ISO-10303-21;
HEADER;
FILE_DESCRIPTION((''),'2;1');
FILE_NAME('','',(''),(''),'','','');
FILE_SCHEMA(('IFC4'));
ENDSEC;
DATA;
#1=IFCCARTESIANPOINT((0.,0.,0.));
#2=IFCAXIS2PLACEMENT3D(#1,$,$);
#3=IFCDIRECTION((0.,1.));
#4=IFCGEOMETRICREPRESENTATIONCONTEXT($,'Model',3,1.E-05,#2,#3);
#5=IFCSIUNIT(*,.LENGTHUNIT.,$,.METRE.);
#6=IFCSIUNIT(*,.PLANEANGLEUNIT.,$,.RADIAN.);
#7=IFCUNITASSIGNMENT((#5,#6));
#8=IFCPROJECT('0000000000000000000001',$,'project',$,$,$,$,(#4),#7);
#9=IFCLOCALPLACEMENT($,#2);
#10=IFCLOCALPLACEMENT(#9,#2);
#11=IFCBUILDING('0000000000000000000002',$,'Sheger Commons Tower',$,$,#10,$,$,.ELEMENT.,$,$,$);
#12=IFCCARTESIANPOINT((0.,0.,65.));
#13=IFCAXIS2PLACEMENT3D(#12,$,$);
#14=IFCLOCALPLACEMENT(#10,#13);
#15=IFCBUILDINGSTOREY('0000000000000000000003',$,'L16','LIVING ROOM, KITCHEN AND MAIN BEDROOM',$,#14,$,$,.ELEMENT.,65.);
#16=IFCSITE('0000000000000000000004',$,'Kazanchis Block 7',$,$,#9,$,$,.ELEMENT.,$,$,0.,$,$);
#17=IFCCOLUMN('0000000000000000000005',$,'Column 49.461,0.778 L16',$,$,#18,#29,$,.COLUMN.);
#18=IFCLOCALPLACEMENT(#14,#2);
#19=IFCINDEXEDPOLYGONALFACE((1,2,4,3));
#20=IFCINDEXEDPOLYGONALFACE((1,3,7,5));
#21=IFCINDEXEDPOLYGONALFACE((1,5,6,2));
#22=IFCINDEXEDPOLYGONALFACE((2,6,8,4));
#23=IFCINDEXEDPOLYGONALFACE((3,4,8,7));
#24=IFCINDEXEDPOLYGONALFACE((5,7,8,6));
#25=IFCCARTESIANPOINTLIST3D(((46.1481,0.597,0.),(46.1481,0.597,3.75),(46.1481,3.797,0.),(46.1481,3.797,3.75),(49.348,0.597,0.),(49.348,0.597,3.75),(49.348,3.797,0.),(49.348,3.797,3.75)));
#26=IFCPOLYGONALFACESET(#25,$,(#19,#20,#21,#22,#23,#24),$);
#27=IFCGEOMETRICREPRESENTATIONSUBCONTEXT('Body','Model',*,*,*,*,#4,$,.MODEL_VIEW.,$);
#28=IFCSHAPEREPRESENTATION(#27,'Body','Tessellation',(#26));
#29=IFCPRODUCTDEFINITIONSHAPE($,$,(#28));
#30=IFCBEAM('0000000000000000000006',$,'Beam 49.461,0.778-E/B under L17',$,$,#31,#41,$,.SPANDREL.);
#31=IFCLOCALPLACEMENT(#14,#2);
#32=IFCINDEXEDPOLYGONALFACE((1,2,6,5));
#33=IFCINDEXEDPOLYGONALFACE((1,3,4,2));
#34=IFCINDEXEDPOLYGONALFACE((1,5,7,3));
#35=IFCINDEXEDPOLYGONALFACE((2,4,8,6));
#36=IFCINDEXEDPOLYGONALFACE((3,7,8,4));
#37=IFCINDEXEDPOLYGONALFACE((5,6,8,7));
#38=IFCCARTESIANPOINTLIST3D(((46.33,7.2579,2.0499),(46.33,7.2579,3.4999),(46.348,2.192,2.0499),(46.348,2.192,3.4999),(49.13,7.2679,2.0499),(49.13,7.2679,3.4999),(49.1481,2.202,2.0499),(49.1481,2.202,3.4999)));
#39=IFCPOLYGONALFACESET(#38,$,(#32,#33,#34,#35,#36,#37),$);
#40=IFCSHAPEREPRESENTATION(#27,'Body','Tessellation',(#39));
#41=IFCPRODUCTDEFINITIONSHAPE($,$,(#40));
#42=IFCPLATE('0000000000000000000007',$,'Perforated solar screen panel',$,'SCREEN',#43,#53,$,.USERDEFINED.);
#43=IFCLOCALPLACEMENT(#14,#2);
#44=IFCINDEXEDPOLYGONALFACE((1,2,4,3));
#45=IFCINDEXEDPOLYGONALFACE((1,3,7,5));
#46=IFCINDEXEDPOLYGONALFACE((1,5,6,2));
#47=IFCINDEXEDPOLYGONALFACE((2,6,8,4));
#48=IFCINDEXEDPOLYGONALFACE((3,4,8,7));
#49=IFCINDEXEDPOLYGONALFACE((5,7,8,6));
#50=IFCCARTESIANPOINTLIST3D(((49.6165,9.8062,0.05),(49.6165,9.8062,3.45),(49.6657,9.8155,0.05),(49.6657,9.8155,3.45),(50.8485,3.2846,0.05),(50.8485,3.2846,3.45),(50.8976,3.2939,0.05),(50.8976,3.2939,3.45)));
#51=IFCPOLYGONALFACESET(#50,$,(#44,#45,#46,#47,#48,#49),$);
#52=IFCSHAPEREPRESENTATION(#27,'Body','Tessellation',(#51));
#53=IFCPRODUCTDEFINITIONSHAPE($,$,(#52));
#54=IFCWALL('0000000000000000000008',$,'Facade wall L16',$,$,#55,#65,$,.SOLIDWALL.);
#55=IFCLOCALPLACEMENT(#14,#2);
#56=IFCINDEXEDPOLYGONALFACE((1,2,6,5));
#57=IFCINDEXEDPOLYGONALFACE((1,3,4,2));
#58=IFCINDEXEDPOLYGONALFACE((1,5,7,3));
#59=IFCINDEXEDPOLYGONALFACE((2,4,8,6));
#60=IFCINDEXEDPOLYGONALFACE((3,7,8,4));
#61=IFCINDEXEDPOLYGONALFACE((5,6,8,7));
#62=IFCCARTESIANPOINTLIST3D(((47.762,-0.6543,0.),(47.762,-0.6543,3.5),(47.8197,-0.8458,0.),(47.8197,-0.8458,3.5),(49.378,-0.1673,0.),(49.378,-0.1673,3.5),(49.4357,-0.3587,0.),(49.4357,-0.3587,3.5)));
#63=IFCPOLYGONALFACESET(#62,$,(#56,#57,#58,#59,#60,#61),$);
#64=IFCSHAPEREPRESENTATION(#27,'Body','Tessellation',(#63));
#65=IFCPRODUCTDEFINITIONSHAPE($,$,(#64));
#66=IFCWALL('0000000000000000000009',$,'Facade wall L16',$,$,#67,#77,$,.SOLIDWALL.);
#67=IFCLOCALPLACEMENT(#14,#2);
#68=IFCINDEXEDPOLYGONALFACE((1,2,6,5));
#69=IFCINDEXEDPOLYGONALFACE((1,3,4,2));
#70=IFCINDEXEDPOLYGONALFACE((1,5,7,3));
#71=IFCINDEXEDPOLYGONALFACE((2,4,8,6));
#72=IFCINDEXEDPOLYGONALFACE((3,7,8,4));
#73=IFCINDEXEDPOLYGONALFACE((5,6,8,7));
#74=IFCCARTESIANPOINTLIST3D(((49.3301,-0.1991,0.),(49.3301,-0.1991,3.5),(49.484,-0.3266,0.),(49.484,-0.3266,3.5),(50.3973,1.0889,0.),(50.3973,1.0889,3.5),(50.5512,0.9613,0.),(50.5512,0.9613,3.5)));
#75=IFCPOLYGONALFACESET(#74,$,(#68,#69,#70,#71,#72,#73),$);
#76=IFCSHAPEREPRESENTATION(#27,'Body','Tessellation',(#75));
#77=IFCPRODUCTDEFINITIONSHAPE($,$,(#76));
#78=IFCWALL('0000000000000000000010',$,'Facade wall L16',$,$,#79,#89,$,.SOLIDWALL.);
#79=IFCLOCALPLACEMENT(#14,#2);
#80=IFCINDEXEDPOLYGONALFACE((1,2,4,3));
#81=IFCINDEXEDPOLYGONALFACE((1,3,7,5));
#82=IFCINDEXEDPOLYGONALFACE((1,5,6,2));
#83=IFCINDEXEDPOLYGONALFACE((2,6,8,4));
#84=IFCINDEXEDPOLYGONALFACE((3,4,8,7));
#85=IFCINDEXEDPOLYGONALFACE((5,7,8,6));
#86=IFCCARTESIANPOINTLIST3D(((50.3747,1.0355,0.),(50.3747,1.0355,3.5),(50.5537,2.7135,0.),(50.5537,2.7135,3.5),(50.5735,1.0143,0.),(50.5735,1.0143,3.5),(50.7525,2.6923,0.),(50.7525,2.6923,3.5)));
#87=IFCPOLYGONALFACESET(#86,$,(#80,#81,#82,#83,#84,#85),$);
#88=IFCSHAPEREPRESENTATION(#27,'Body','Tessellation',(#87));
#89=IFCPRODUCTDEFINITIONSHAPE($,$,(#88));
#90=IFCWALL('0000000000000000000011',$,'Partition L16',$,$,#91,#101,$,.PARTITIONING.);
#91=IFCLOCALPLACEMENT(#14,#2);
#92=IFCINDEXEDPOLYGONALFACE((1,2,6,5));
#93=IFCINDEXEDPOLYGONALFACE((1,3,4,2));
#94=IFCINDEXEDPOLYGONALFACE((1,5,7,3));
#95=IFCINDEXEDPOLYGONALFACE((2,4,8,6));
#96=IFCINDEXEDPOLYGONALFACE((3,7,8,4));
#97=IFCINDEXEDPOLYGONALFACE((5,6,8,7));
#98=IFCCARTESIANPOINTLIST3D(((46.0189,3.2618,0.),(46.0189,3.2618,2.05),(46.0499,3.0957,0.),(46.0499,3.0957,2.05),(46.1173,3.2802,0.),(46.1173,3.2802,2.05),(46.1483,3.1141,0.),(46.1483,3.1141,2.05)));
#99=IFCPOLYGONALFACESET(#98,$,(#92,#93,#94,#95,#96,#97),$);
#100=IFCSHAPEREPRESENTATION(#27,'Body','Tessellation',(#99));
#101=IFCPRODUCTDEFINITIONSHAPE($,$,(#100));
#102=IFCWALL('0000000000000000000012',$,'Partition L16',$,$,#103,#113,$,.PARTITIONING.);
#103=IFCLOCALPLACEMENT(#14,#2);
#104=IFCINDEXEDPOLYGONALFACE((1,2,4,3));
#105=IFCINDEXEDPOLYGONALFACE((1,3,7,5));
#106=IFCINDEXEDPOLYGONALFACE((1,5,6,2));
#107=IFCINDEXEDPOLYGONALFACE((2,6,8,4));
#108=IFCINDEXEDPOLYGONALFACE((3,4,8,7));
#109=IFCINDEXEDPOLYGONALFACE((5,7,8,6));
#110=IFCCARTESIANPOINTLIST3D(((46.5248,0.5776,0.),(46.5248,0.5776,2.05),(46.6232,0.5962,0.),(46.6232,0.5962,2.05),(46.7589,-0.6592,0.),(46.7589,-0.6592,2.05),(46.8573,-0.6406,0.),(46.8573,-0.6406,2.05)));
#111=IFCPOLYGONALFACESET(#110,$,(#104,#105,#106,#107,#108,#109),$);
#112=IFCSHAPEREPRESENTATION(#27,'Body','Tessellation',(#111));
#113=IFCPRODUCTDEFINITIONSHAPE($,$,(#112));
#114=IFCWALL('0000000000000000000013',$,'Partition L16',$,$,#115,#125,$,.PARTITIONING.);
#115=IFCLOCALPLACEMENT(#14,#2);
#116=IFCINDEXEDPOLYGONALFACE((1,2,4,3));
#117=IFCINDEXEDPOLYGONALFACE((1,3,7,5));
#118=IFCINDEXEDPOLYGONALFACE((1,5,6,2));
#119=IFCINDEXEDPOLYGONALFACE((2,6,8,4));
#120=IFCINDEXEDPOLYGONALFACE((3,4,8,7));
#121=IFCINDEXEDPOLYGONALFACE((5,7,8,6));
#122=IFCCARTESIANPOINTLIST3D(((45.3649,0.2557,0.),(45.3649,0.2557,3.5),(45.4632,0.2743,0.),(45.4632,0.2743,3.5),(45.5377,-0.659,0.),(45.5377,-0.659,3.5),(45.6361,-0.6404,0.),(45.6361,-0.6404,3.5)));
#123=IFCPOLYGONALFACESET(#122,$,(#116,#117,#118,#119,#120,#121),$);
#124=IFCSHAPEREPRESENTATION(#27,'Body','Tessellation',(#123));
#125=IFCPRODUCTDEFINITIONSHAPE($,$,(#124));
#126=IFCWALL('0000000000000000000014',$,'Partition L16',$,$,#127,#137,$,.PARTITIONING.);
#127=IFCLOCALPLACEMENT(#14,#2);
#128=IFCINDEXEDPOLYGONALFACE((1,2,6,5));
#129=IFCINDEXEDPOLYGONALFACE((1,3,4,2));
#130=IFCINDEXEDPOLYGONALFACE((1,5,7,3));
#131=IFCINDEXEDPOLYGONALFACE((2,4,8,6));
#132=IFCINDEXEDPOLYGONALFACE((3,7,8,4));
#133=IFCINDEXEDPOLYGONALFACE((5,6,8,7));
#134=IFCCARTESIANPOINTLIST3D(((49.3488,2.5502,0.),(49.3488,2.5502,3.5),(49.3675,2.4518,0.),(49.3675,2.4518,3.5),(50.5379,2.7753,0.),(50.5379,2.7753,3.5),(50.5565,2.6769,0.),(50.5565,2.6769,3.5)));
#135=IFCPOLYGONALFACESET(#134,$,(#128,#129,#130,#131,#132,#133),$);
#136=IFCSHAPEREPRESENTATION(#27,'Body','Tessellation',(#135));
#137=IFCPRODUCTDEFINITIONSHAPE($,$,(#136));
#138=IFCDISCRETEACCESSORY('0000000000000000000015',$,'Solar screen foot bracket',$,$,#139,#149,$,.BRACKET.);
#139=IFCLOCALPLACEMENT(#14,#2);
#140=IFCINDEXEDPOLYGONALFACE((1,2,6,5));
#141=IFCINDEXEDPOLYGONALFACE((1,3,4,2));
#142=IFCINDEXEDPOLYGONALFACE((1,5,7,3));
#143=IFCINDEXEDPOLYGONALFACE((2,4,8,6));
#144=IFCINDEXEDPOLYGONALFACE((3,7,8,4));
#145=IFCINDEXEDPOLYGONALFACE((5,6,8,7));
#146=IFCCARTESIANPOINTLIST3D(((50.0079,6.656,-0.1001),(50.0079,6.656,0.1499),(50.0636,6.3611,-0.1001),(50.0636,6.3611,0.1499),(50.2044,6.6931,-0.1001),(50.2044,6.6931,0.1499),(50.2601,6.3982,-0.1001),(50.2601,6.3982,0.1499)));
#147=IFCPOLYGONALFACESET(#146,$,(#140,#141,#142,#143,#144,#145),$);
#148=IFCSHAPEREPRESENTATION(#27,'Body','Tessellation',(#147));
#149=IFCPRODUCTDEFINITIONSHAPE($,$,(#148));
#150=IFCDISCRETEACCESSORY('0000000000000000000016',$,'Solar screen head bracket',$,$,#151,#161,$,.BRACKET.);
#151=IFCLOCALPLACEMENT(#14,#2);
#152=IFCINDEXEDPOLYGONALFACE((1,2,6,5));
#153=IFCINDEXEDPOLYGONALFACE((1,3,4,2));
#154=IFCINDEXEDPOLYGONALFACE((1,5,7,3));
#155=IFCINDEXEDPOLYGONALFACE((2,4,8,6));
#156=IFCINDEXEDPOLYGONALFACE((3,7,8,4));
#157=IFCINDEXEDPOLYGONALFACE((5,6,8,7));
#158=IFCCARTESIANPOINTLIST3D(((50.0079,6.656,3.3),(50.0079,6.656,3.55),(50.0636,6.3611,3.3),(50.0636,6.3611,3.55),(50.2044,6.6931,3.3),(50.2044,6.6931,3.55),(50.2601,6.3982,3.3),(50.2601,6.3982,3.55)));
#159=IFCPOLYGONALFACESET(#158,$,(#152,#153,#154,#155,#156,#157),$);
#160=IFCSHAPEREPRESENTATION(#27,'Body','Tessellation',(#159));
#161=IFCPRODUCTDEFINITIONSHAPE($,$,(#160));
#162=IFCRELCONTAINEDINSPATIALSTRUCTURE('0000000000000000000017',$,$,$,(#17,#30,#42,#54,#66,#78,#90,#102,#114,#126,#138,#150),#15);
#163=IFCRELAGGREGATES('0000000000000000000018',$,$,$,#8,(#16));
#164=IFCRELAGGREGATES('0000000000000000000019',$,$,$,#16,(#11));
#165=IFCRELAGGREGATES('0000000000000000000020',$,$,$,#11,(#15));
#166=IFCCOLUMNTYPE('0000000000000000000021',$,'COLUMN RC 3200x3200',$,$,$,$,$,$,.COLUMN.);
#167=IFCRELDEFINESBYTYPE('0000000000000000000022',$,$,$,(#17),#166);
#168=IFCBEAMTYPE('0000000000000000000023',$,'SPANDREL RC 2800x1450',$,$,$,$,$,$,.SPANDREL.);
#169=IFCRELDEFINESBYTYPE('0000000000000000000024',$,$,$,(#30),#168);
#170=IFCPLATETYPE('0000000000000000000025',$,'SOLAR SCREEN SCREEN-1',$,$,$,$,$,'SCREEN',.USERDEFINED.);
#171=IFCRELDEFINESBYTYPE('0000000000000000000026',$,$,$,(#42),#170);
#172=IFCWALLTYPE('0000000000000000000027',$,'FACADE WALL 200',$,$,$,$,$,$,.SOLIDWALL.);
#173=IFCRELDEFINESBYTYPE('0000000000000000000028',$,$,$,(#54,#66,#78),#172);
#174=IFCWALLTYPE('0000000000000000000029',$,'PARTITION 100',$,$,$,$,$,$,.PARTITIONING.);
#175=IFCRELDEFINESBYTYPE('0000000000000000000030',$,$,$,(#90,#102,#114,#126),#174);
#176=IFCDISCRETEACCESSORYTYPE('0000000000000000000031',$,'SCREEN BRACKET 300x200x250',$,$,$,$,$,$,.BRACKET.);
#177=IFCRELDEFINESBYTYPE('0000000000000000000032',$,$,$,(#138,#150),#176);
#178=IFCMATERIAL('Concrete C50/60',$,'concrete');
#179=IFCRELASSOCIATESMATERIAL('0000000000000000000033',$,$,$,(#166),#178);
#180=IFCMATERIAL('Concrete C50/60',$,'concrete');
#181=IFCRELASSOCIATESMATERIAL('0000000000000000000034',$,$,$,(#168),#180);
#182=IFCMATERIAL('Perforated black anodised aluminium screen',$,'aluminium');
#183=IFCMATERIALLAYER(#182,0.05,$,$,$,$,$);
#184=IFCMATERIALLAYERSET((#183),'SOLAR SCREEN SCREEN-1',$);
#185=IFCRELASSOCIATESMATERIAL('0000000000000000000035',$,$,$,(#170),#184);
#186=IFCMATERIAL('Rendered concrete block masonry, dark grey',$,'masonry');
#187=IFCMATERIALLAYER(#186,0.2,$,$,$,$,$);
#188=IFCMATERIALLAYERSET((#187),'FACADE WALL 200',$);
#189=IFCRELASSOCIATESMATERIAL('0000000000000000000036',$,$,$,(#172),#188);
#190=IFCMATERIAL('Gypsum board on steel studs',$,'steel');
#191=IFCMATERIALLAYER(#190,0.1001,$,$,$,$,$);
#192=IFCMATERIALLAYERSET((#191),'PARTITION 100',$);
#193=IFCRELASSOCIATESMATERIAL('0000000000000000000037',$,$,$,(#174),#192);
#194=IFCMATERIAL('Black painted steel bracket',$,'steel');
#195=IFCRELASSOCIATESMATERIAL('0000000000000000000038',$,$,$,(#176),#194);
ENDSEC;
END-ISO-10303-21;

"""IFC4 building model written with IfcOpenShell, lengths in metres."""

from ifc_helpers import new_model, si_unit, direction, frame, frame_2d, origin, origin_2d, place, context, subcontext, project, spatial, rectangle, extrude, material, layer, layer_set, material_profile, profile_set, type_object, element, save


model = new_model("IFC4")

# Units and contexts
model_context = context("Model", 3, precision=1e-05, world=origin(), true_north=direction((0.0, 1.0)))
body_context = subcontext(model_context, "Body", "Model", "MODEL_VIEW")
ifc_project = project(units=[si_unit("LENGTHUNIT", "METRE"), si_unit("PLANEANGLEUNIT", "RADIAN")], contexts=[model_context])

# Site, building, storey
site_placement = place(None, origin())
site = spatial("IfcSite", under=ifc_project, at=site_placement, Name="Kazanchis Block 7", CompositionType="ELEMENT", RefElevation=0.0)
building_placement = place(site_placement, origin())
building = spatial("IfcBuilding", under=site, at=building_placement, Name="Sheger Commons Tower", CompositionType="ELEMENT")
storey_placement = place(building_placement, frame((0.0, 0.0, 65.0)))
storey = spatial("IfcBuildingStorey", under=building, at=storey_placement, Name="L16", Description="LIVING ROOM, KITCHEN AND MAIN BEDROOM", CompositionType="ELEMENT", Elevation=65.0)

# Column
ifc_material_1 = material(Name="Concrete C50/60", Category="concrete")
ifc_material_profile_1 = material_profile(ifc_material_1, rectangle(XDim=3.2, YDim=3.2, at=origin_2d()), Name="RC 3200x3200")
ifc_profile_set_1 = profile_set([ifc_material_profile_1], Name="Concrete C50/60")
column_type = type_object("IfcColumnType", Name="COLUMN RC 3200x3200", PredefinedType="COLUMN", material=ifc_profile_set_1)
column_placement = place(storey_placement, frame((47.748, 2.197, 0.0), z_axis=(0.0, 0.0, 1.0), x_axis=(1.0, 0.0, 0.0)))
element("IfcColumn", 1, at=column_placement, inside=storey, type_object=column_type, Name="Column 49.461,0.778 L16", PredefinedType="COLUMN", context=body_context, shape_type="SweptSolid", body=[
    extrude(rectangle(XDim=3.2, YDim=3.2, at=origin_2d()), origin(), (0.0, 0.0, 1.0), 3.75),
])

# Beam
ifc_material_2 = material(Name="Concrete C50/60", Category="concrete")
ifc_material_profile_2 = material_profile(ifc_material_2, rectangle(XDim=2.8, YDim=1.45, at=origin_2d()), Name="RC 2800x1450")
ifc_profile_set_2 = profile_set([ifc_material_profile_2], Name="Concrete C50/60")
beam_type = type_object("IfcBeamType", Name="SPANDREL RC 2800x1450", PredefinedType="SPANDREL", material=ifc_profile_set_2)
beam_placement = place(storey_placement, frame((47.748, 2.197, 2.7749), z_axis=(-0.003566, 0.999994, 0.0), x_axis=(-0.999994, -0.003566, 0.0)))
element("IfcBeam", 2, at=beam_placement, inside=storey, type_object=beam_type, Name="Beam 49.461,0.778-E/B under L17", PredefinedType="SPANDREL", context=body_context, shape_type="SweptSolid", body=[
    extrude(rectangle(XDim=2.8, YDim=1.45, at=origin_2d()), origin(), (0.0, 0.0, 1.0), 5.0659),
])

# Plate
ifc_material_3 = material(Name="Perforated black anodised aluminium screen", Category="aluminium")
ifc_layer_1 = layer(ifc_material_3, 0.05)
ifc_layer_set_1 = layer_set([ifc_layer_1], Name="SOLAR SCREEN SCREEN-1")
plate_type = type_object("IfcPlateType", Name="SOLAR SCREEN SCREEN-1", ElementType="SCREEN", PredefinedType="USERDEFINED", material=ifc_layer_set_1)
plate_placement = place(storey_placement, frame((50.2571, 6.55, 0.05), z_axis=(0.0, 0.0, 1.0), x_axis=(-0.185615, 0.982623, 0.0)))
element("IfcPlate", 3, at=plate_placement, inside=storey, type_object=plate_type, Name="Perforated solar screen panel", ObjectType="SCREEN", PredefinedType="USERDEFINED", context=body_context, shape_type="SweptSolid", body=[
    extrude(rectangle(XDim=6.637, YDim=0.05, at=origin_2d()), origin(), (0.0, 0.0, 1.0), 3.3999),
])

# Walls
ifc_material_4 = material(Name="Rendered concrete block masonry, dark grey", Category="masonry")
ifc_layer_2 = layer(ifc_material_4, 0.2)
ifc_layer_set_2 = layer_set([ifc_layer_2], Name="FACADE WALL 200")
wall_type_1 = type_object("IfcWallType", Name="FACADE WALL 200", PredefinedType="SOLIDWALL", material=ifc_layer_set_2)
wall_1_placement = place(storey_placement, frame((47.791, -0.75, 0.0), z_axis=(0.0, 0.0, 1.0), x_axis=(0.957455, 0.288582, 0.0)))
element("IfcWall", 4, at=wall_1_placement, inside=storey, type_object=wall_type_1, Name="Facade wall L16", PredefinedType="SOLIDWALL", context=body_context, shape_type="SweptSolid", body=[
    extrude(rectangle(XDim=1.6877, YDim=0.2, at=frame_2d((0.8438, 0.0))), origin(), (0.0, 0.0, 1.0), 3.5),
])
wall_2_placement = place(storey_placement, frame((49.407, -0.2629, 0.0), z_axis=(0.0, 0.0, 1.0), x_axis=(0.638043, 0.770001, 0.0)))
element("IfcWall", 5, at=wall_2_placement, inside=storey, type_object=wall_type_1, Name="Facade wall L16", PredefinedType="SOLIDWALL", context=body_context, shape_type="SweptSolid", body=[
    extrude(rectangle(XDim=1.6726, YDim=0.2, at=frame_2d((0.8364, 0.0))), origin(), (0.0, 0.0, 1.0), 3.5),
])
wall_3_placement = place(storey_placement, frame((50.4741, 1.0249, 0.0), z_axis=(0.0, 0.0, 1.0), x_axis=(0.106048, 0.994361, 0.0)))
element("IfcWall", 6, at=wall_3_placement, inside=storey, type_object=wall_type_1, Name="Facade wall L16", PredefinedType="SOLIDWALL", context=body_context, shape_type="SweptSolid", body=[
    extrude(rectangle(XDim=1.6875, YDim=0.2, at=frame_2d((0.8438, 0.0))), origin(), (0.0, 0.0, 1.0), 3.5),
])

# Walls
ifc_material_5 = material(Name="Gypsum board on steel studs", Category="steel")
ifc_layer_3 = layer(ifc_material_5, 0.1001)
ifc_layer_set_3 = layer_set([ifc_layer_3], Name="PARTITION 100")
wall_type_2 = type_object("IfcWallType", Name="PARTITION 100", PredefinedType="PARTITIONING", material=ifc_layer_set_3)
wall_4_placement = place(storey_placement, frame((46.0681, 3.271, 0.0), z_axis=(0.0, 0.0, 1.0), x_axis=(0.18359, -0.983003, 0.0)))
element("IfcWall", 7, at=wall_4_placement, inside=storey, type_object=wall_type_2, Name="Partition L16", PredefinedType="PARTITIONING", context=body_context, shape_type="SweptSolid", body=[
    extrude(rectangle(XDim=0.1689, YDim=0.1001, at=frame_2d((0.0845, 0.0))), origin(), (0.0, 0.0, 1.0), 2.05),
])
wall_5_placement = place(storey_placement, frame((46.574, 0.5869, 0.0), z_axis=(0.0, 0.0, 1.0), x_axis=(0.185998, -0.98255, 0.0)))
element("IfcWall", 8, at=wall_5_placement, inside=storey, type_object=wall_type_2, Name="Partition L16", PredefinedType="PARTITIONING", context=body_context, shape_type="SweptSolid", body=[
    extrude(rectangle(XDim=1.2588, YDim=0.1001, at=frame_2d((0.6294, 0.0))), origin(), (0.0, 0.0, 1.0), 2.05),
])
wall_6_placement = place(storey_placement, frame((45.4141, 0.2649, 0.0), z_axis=(0.0, 0.0, 1.0), x_axis=(0.185666, -0.982613, 0.0)))
element("IfcWall", 9, at=wall_6_placement, inside=storey, type_object=wall_type_2, Name="Partition L16", PredefinedType="PARTITIONING", context=body_context, shape_type="SweptSolid", body=[
    extrude(rectangle(XDim=0.9309, YDim=0.1001, at=frame_2d((0.4653, 0.0))), origin(), (0.0, 0.0, 1.0), 3.5),
])
wall_7_placement = place(storey_placement, frame((50.5471, 2.7261, 0.0), z_axis=(0.0, 0.0, 1.0), x_axis=(-0.982553, -0.185981, 0.0)))
element("IfcWall", 10, at=wall_7_placement, inside=storey, type_object=wall_type_2, Name="Partition L16", PredefinedType="PARTITIONING", context=body_context, shape_type="SweptSolid", body=[
    extrude(rectangle(XDim=1.2102, YDim=0.1001, at=frame_2d((0.605, 0.0))), origin(), (0.0, 0.0, 1.0), 3.5),
])

# Discrete accessories
ifc_material_6 = material(Name="Black painted steel bracket", Category="steel")
discrete_accessory_type = type_object("IfcDiscreteAccessoryType", Name="SCREEN BRACKET 300x200x250", PredefinedType="BRACKET", material=ifc_material_6)
for number, where, z_axis, x_axis, name in (
    (11, (50.134, 6.5271, -0.1001), (0.0, 0.0, 1.0), (-0.185615, 0.982623, 0.0), "Solar screen foot bracket"),
    (12, (50.134, 6.5271, 3.3), (0.0, 0.0, 1.0), (-0.185615, 0.982623, 0.0), "Solar screen head bracket"),
):
    element("IfcDiscreteAccessory", number, at=place(storey_placement, frame(where, z_axis=z_axis, x_axis=x_axis)), inside=storey, type_object=discrete_accessory_type, Name=name, PredefinedType="BRACKET", context=body_context, shape_type="SweptSolid", body=[
        extrude(rectangle(XDim=0.3, YDim=0.2, at=origin_2d()), origin(), (0.0, 0.0, 1.0), 0.25),
    ])

save(model, "model.ifc")
